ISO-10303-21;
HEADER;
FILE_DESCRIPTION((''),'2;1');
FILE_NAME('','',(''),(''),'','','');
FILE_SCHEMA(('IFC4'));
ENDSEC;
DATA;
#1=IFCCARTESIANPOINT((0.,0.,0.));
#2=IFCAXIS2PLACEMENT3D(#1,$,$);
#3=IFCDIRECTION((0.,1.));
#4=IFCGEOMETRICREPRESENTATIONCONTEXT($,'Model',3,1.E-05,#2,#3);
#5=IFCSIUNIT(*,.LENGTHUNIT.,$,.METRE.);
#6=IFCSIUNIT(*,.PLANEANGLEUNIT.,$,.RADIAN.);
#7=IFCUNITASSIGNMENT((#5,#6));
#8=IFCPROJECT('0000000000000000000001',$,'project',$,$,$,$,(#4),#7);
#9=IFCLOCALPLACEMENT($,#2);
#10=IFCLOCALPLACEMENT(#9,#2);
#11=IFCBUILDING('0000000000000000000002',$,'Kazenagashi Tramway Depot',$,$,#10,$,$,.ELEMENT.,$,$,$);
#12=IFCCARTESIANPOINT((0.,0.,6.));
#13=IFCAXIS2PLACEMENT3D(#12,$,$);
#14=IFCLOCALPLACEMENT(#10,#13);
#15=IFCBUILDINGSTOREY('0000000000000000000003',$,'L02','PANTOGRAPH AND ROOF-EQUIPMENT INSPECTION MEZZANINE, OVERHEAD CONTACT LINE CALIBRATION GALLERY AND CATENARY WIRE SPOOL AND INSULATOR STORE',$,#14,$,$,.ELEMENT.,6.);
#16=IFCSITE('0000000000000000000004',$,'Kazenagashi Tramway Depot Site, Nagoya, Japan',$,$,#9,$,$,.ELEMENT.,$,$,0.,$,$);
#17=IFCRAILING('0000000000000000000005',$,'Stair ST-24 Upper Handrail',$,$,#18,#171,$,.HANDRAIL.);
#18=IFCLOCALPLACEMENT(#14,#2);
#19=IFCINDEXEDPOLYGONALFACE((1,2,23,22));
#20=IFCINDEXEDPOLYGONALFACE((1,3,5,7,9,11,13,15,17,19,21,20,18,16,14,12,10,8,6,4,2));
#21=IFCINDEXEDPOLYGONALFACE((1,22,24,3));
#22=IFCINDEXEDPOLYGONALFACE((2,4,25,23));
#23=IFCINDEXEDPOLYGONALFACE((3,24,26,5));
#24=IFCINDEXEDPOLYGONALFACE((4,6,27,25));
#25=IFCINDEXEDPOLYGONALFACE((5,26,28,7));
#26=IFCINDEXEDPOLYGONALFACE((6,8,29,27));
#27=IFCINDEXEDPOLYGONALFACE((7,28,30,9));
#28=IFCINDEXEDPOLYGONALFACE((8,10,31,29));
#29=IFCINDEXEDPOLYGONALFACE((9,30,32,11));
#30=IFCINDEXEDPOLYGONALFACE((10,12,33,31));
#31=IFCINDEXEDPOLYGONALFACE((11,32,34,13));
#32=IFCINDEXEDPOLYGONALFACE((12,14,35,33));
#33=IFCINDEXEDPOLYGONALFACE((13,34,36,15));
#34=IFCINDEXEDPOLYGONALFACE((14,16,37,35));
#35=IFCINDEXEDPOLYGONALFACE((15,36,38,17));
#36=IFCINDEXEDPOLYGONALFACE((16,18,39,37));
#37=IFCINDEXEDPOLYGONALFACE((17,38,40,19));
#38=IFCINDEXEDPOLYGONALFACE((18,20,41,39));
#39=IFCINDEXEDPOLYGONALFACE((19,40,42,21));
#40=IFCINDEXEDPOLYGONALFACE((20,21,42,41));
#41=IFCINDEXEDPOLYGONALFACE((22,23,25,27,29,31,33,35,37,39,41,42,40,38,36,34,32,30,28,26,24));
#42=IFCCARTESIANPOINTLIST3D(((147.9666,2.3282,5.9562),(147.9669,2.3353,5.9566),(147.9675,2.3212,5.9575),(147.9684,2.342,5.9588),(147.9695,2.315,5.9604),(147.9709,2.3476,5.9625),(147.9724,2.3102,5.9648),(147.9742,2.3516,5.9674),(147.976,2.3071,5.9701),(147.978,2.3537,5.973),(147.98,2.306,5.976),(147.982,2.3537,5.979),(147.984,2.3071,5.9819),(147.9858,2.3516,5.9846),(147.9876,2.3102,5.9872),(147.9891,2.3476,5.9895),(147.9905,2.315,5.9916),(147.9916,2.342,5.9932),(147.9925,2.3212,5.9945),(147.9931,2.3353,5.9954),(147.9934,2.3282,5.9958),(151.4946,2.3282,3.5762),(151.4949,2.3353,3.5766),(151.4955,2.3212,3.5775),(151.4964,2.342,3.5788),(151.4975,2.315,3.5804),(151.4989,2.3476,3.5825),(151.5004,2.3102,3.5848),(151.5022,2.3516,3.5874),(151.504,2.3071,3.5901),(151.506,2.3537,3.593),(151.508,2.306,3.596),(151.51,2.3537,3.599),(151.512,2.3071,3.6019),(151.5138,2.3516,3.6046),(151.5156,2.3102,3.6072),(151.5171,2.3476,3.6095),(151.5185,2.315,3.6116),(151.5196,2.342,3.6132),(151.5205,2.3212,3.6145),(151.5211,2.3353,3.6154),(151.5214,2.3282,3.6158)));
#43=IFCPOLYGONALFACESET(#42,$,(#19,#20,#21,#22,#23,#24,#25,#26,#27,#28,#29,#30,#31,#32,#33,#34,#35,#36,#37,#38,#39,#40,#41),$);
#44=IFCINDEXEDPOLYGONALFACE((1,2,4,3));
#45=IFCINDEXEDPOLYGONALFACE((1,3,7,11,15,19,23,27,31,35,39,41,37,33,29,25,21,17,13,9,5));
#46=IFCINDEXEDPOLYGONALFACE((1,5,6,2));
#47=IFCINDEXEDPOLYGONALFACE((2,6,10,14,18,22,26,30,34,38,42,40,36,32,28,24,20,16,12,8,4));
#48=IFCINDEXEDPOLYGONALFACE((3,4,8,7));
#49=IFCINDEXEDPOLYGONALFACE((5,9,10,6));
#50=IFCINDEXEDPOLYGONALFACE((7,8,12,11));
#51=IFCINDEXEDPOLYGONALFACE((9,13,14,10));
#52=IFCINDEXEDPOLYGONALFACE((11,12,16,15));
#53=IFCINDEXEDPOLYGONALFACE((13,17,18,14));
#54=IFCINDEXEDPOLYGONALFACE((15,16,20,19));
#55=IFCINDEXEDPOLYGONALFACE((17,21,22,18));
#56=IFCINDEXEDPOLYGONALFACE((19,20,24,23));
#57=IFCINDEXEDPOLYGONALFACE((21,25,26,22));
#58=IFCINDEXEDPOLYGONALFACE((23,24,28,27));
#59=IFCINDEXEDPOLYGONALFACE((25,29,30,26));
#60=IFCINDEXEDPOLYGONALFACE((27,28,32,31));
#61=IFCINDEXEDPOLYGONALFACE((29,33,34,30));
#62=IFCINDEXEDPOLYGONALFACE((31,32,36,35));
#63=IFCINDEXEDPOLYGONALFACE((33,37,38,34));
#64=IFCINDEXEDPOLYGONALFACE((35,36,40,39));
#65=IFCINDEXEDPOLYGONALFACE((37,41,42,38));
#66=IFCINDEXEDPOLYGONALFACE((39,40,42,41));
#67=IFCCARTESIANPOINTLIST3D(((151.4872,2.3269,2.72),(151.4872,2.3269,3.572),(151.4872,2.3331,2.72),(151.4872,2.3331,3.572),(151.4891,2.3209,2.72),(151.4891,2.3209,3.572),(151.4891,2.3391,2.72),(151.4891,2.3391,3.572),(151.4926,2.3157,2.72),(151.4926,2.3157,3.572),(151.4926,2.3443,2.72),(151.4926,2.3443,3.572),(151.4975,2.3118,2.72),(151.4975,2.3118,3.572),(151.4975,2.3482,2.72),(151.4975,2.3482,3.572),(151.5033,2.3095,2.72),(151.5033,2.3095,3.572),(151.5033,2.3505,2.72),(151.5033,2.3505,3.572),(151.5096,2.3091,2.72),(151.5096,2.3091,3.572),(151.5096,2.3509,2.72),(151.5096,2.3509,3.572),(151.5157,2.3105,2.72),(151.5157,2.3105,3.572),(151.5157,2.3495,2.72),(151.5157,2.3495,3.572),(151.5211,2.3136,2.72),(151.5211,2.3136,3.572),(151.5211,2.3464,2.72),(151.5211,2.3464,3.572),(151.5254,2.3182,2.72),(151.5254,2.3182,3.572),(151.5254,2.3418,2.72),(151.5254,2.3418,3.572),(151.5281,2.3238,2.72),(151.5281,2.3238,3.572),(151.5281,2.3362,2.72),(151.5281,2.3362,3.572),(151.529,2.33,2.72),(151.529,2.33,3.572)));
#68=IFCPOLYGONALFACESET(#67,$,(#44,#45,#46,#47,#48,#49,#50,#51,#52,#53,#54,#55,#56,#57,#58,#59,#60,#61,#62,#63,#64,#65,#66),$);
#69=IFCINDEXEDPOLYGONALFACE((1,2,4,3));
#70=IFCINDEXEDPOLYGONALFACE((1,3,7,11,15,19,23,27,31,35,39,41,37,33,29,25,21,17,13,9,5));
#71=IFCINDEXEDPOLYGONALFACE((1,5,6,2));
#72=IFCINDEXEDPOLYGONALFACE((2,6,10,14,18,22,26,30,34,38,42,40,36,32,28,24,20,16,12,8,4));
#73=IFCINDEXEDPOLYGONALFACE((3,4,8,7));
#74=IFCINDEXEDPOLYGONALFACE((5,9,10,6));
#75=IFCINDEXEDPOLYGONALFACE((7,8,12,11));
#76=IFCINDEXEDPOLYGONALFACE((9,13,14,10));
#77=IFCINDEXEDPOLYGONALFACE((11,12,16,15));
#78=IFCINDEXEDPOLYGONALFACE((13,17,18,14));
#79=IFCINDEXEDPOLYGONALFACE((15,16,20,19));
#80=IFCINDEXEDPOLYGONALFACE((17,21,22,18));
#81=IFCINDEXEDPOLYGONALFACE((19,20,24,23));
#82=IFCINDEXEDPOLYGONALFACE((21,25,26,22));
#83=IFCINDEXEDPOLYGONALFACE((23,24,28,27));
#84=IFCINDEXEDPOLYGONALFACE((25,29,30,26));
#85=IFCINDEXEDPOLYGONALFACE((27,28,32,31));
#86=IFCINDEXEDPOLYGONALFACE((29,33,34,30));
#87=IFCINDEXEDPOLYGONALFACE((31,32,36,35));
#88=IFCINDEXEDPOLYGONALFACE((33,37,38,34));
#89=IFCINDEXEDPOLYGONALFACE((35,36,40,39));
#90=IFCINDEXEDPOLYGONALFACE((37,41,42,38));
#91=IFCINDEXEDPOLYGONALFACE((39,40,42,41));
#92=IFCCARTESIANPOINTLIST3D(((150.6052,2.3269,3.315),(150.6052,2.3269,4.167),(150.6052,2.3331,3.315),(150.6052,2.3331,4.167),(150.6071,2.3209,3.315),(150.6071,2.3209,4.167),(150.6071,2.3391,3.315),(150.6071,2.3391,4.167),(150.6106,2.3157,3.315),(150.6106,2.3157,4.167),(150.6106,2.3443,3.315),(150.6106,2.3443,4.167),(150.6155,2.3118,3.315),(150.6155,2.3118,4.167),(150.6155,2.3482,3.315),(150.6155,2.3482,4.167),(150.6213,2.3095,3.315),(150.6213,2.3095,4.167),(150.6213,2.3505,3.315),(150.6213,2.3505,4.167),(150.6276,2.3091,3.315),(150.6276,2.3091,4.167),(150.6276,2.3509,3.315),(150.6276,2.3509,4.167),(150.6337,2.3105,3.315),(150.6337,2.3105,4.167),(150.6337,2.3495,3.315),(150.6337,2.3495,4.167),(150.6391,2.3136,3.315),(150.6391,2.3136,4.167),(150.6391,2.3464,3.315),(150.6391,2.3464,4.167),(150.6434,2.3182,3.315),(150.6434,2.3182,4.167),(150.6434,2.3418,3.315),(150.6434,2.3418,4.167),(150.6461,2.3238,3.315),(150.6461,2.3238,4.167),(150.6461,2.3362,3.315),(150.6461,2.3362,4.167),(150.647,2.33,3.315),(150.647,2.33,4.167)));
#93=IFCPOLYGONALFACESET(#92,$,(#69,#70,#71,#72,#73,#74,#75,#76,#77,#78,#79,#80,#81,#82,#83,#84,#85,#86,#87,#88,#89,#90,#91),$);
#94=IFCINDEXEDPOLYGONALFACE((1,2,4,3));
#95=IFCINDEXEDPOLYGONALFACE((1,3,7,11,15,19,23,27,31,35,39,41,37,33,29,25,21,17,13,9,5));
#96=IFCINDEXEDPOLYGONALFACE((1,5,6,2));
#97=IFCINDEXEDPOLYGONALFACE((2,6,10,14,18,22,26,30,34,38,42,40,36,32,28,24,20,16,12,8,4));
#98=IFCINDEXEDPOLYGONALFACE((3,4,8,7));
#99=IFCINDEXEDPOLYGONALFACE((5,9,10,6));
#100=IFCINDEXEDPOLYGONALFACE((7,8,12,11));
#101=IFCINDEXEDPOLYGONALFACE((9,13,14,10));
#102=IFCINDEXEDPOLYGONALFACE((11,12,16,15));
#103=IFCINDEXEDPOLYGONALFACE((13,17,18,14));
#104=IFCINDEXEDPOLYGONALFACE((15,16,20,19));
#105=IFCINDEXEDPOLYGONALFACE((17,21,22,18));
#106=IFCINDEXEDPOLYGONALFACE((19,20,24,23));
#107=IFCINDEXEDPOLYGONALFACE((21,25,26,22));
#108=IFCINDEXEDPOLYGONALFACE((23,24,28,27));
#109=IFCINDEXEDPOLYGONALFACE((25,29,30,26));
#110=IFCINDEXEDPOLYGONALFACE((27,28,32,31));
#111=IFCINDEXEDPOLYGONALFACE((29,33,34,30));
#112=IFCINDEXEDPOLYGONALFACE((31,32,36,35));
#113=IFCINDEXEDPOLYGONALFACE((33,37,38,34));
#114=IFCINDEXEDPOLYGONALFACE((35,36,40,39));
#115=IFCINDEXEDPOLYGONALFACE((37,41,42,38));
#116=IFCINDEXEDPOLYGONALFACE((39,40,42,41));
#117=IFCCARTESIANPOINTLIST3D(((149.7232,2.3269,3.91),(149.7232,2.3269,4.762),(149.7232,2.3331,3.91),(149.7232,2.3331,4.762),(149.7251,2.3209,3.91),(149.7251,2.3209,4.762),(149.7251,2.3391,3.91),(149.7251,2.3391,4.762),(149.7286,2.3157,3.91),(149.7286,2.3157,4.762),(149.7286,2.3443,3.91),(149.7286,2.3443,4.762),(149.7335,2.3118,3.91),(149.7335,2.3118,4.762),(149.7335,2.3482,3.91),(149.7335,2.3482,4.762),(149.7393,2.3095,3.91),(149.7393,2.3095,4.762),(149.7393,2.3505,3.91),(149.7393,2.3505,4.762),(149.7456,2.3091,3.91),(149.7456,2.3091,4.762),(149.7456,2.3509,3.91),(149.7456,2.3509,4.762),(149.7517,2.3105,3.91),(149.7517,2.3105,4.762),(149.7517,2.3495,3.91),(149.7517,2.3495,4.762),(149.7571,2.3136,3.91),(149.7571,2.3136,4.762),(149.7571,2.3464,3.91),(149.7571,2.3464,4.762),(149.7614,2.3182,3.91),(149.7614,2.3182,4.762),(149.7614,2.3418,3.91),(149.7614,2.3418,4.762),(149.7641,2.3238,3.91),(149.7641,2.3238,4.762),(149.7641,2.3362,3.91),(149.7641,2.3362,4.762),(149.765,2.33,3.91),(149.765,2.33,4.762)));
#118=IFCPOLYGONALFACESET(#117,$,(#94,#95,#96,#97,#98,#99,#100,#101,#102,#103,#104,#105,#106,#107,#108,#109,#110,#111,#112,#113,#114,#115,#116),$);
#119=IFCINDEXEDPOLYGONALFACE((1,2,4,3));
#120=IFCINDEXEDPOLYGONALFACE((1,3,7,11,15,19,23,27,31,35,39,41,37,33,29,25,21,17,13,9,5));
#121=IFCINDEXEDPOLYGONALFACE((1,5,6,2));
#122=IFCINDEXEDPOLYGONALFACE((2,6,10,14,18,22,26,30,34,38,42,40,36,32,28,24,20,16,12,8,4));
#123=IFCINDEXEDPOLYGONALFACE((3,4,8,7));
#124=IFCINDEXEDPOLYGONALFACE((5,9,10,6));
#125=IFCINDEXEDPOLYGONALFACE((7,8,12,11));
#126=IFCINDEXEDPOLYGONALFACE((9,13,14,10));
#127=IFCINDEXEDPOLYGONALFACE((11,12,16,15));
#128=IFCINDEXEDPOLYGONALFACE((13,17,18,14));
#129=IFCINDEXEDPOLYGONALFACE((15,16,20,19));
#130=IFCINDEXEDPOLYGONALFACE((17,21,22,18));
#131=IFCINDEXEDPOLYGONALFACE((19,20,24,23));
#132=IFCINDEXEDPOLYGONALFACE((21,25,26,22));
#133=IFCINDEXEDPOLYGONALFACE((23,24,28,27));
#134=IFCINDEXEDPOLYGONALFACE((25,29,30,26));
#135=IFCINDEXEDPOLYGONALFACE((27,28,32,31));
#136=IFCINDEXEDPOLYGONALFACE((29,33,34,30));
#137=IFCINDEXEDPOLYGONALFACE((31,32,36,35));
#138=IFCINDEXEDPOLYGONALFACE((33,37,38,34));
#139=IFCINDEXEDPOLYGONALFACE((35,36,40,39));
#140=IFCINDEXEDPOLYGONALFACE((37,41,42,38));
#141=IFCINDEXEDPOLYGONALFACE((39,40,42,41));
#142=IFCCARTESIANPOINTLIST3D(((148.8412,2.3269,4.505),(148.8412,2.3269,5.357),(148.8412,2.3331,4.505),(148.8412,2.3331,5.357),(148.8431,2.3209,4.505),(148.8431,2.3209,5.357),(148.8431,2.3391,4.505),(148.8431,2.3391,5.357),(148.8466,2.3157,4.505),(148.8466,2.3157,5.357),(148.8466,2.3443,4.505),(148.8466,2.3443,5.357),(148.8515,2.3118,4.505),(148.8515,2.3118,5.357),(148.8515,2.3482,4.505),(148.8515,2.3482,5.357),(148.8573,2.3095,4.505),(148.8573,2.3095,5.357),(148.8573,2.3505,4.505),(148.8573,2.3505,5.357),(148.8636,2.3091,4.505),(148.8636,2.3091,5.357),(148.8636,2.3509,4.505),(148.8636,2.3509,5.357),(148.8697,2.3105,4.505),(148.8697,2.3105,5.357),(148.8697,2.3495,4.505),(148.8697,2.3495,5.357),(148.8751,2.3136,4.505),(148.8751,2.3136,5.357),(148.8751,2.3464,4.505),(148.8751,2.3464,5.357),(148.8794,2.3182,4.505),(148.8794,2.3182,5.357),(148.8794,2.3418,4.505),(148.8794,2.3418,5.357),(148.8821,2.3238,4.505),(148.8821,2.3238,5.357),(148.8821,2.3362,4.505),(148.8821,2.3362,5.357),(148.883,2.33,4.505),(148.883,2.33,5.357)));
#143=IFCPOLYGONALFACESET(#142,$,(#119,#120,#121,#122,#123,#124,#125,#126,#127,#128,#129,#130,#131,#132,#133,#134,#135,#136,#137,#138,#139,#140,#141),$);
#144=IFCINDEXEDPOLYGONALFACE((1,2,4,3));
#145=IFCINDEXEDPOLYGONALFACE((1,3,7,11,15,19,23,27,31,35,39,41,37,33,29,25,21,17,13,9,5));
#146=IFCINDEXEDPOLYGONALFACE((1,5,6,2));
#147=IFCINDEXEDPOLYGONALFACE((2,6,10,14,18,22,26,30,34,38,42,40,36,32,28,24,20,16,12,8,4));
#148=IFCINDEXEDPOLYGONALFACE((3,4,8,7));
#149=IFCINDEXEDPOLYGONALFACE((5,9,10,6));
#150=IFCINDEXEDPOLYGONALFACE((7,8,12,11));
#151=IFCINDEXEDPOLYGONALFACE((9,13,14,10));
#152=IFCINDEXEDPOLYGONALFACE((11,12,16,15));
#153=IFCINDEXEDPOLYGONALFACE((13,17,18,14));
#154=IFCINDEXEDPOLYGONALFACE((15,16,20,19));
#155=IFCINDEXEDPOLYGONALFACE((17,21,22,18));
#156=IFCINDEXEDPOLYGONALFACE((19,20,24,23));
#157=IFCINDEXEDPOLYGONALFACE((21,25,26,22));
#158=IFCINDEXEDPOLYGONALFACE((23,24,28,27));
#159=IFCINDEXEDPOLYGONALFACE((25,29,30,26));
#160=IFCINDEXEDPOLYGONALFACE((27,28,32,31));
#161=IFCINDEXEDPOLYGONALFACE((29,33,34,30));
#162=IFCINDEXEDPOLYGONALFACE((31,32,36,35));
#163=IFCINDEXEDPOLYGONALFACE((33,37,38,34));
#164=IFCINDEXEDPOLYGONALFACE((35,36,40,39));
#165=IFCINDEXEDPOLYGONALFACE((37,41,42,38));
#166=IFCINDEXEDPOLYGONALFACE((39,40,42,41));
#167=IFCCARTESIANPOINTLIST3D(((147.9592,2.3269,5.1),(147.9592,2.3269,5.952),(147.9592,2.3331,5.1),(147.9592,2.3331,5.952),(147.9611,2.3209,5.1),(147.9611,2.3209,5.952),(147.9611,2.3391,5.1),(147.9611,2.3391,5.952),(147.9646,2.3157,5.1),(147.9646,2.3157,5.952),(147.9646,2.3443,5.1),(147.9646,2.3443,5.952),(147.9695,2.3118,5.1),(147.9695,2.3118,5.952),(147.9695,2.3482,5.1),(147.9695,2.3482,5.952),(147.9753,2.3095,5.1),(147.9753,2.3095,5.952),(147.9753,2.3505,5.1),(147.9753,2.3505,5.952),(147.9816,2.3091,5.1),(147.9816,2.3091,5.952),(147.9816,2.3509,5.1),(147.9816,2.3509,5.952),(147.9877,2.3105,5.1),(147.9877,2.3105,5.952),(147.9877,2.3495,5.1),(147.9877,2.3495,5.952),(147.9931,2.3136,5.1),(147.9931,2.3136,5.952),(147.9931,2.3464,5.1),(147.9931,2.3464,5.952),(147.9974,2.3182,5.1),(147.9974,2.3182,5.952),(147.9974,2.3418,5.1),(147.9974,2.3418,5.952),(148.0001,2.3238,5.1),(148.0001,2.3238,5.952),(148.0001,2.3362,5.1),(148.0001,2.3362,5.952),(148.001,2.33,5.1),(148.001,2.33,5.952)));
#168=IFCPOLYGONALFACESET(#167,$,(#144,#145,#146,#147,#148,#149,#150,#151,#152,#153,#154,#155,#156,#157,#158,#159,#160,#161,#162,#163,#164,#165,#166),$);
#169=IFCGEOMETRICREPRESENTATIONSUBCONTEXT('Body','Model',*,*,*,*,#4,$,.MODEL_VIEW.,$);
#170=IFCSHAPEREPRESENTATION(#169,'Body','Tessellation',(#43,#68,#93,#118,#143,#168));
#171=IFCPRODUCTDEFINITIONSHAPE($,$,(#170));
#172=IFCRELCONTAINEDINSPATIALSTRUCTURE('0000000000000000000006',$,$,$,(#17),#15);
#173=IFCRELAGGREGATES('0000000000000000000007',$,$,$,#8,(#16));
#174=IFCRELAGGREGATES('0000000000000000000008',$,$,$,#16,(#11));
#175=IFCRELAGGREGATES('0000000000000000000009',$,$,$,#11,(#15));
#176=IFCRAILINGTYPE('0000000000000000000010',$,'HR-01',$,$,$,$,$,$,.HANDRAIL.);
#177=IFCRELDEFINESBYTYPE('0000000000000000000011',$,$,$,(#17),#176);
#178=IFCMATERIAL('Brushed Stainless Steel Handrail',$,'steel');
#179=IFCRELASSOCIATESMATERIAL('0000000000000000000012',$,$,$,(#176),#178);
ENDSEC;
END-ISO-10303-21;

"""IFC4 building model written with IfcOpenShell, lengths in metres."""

from ifc_helpers import new_model, si_unit, direction, frame, origin, origin_2d, place, context, subcontext, project, spatial, circle, extrude, material, type_object, element, save


model = new_model("IFC4")

# Units and contexts
model_context = context("Model", 3, precision=1e-05, world=origin(), true_north=direction((0.0, 1.0)))
body_context = subcontext(model_context, "Body", "Model", "MODEL_VIEW")
ifc_project = project(units=[si_unit("LENGTHUNIT", "METRE"), si_unit("PLANEANGLEUNIT", "RADIAN")], contexts=[model_context])

# Site, building, storey
site_placement = place(None, origin())
site = spatial("IfcSite", under=ifc_project, at=site_placement, Name="Kazenagashi Tramway Depot Site, Nagoya, Japan", CompositionType="ELEMENT", RefElevation=0.0)
building_placement = place(site_placement, origin())
building = spatial("IfcBuilding", under=site, at=building_placement, Name="Kazenagashi Tramway Depot", CompositionType="ELEMENT")
storey_placement = place(building_placement, frame((0.0, 0.0, 6.0)))
storey = spatial("IfcBuildingStorey", under=building, at=storey_placement, Name="L02", Description="PANTOGRAPH AND ROOF-EQUIPMENT INSPECTION MEZZANINE, OVERHEAD CONTACT LINE CALIBRATION GALLERY AND CATENARY WIRE SPOOL AND INSULATOR STORE", CompositionType="ELEMENT", Elevation=6.0)

# Railing
ifc_material_1 = material(Name="Brushed Stainless Steel Handrail", Category="steel")
railing_type_1 = type_object("IfcRailingType", Name="HR-01", PredefinedType="HANDRAIL", material=ifc_material_1)
railing_1_placement = place(storey_placement, frame((151.508, 2.33, 2.72)))
element("IfcRailing", 1, at=railing_1_placement, inside=storey, type_object=railing_type_1, Name="Stair ST-24 Upper Handrail", PredefinedType="HANDRAIL", context=body_context, shape_type="SweptSolid", body=[
    extrude(circle(Radius=0.024, at=origin_2d()), frame((0.0, 0.0, 0.876), z_axis=(-0.829001, 0.0, 0.559247), x_axis=(0.0, -1.0, 0.0)), (0.0, 0.0, 1.0), 4.2557),
    extrude(circle(Radius=0.021, at=origin_2d()), origin(), (0.0, 0.0, 1.0), 0.852),
    extrude(circle(Radius=0.021, at=origin_2d()), frame((-0.882, 0.0, 0.595)), (0.0, 0.0, 1.0), 0.852),
    extrude(circle(Radius=0.021, at=origin_2d()), frame((-1.764, 0.0, 1.19)), (0.0, 0.0, 1.0), 0.852),
    extrude(circle(Radius=0.021, at=origin_2d()), frame((-2.646, 0.0, 1.785)), (0.0, 0.0, 1.0), 0.852),
    extrude(circle(Radius=0.021, at=origin_2d()), frame((-3.528, 0.0, 2.38)), (0.0, 0.0, 1.0), 0.852),
])

save(model, "model.ifc")
